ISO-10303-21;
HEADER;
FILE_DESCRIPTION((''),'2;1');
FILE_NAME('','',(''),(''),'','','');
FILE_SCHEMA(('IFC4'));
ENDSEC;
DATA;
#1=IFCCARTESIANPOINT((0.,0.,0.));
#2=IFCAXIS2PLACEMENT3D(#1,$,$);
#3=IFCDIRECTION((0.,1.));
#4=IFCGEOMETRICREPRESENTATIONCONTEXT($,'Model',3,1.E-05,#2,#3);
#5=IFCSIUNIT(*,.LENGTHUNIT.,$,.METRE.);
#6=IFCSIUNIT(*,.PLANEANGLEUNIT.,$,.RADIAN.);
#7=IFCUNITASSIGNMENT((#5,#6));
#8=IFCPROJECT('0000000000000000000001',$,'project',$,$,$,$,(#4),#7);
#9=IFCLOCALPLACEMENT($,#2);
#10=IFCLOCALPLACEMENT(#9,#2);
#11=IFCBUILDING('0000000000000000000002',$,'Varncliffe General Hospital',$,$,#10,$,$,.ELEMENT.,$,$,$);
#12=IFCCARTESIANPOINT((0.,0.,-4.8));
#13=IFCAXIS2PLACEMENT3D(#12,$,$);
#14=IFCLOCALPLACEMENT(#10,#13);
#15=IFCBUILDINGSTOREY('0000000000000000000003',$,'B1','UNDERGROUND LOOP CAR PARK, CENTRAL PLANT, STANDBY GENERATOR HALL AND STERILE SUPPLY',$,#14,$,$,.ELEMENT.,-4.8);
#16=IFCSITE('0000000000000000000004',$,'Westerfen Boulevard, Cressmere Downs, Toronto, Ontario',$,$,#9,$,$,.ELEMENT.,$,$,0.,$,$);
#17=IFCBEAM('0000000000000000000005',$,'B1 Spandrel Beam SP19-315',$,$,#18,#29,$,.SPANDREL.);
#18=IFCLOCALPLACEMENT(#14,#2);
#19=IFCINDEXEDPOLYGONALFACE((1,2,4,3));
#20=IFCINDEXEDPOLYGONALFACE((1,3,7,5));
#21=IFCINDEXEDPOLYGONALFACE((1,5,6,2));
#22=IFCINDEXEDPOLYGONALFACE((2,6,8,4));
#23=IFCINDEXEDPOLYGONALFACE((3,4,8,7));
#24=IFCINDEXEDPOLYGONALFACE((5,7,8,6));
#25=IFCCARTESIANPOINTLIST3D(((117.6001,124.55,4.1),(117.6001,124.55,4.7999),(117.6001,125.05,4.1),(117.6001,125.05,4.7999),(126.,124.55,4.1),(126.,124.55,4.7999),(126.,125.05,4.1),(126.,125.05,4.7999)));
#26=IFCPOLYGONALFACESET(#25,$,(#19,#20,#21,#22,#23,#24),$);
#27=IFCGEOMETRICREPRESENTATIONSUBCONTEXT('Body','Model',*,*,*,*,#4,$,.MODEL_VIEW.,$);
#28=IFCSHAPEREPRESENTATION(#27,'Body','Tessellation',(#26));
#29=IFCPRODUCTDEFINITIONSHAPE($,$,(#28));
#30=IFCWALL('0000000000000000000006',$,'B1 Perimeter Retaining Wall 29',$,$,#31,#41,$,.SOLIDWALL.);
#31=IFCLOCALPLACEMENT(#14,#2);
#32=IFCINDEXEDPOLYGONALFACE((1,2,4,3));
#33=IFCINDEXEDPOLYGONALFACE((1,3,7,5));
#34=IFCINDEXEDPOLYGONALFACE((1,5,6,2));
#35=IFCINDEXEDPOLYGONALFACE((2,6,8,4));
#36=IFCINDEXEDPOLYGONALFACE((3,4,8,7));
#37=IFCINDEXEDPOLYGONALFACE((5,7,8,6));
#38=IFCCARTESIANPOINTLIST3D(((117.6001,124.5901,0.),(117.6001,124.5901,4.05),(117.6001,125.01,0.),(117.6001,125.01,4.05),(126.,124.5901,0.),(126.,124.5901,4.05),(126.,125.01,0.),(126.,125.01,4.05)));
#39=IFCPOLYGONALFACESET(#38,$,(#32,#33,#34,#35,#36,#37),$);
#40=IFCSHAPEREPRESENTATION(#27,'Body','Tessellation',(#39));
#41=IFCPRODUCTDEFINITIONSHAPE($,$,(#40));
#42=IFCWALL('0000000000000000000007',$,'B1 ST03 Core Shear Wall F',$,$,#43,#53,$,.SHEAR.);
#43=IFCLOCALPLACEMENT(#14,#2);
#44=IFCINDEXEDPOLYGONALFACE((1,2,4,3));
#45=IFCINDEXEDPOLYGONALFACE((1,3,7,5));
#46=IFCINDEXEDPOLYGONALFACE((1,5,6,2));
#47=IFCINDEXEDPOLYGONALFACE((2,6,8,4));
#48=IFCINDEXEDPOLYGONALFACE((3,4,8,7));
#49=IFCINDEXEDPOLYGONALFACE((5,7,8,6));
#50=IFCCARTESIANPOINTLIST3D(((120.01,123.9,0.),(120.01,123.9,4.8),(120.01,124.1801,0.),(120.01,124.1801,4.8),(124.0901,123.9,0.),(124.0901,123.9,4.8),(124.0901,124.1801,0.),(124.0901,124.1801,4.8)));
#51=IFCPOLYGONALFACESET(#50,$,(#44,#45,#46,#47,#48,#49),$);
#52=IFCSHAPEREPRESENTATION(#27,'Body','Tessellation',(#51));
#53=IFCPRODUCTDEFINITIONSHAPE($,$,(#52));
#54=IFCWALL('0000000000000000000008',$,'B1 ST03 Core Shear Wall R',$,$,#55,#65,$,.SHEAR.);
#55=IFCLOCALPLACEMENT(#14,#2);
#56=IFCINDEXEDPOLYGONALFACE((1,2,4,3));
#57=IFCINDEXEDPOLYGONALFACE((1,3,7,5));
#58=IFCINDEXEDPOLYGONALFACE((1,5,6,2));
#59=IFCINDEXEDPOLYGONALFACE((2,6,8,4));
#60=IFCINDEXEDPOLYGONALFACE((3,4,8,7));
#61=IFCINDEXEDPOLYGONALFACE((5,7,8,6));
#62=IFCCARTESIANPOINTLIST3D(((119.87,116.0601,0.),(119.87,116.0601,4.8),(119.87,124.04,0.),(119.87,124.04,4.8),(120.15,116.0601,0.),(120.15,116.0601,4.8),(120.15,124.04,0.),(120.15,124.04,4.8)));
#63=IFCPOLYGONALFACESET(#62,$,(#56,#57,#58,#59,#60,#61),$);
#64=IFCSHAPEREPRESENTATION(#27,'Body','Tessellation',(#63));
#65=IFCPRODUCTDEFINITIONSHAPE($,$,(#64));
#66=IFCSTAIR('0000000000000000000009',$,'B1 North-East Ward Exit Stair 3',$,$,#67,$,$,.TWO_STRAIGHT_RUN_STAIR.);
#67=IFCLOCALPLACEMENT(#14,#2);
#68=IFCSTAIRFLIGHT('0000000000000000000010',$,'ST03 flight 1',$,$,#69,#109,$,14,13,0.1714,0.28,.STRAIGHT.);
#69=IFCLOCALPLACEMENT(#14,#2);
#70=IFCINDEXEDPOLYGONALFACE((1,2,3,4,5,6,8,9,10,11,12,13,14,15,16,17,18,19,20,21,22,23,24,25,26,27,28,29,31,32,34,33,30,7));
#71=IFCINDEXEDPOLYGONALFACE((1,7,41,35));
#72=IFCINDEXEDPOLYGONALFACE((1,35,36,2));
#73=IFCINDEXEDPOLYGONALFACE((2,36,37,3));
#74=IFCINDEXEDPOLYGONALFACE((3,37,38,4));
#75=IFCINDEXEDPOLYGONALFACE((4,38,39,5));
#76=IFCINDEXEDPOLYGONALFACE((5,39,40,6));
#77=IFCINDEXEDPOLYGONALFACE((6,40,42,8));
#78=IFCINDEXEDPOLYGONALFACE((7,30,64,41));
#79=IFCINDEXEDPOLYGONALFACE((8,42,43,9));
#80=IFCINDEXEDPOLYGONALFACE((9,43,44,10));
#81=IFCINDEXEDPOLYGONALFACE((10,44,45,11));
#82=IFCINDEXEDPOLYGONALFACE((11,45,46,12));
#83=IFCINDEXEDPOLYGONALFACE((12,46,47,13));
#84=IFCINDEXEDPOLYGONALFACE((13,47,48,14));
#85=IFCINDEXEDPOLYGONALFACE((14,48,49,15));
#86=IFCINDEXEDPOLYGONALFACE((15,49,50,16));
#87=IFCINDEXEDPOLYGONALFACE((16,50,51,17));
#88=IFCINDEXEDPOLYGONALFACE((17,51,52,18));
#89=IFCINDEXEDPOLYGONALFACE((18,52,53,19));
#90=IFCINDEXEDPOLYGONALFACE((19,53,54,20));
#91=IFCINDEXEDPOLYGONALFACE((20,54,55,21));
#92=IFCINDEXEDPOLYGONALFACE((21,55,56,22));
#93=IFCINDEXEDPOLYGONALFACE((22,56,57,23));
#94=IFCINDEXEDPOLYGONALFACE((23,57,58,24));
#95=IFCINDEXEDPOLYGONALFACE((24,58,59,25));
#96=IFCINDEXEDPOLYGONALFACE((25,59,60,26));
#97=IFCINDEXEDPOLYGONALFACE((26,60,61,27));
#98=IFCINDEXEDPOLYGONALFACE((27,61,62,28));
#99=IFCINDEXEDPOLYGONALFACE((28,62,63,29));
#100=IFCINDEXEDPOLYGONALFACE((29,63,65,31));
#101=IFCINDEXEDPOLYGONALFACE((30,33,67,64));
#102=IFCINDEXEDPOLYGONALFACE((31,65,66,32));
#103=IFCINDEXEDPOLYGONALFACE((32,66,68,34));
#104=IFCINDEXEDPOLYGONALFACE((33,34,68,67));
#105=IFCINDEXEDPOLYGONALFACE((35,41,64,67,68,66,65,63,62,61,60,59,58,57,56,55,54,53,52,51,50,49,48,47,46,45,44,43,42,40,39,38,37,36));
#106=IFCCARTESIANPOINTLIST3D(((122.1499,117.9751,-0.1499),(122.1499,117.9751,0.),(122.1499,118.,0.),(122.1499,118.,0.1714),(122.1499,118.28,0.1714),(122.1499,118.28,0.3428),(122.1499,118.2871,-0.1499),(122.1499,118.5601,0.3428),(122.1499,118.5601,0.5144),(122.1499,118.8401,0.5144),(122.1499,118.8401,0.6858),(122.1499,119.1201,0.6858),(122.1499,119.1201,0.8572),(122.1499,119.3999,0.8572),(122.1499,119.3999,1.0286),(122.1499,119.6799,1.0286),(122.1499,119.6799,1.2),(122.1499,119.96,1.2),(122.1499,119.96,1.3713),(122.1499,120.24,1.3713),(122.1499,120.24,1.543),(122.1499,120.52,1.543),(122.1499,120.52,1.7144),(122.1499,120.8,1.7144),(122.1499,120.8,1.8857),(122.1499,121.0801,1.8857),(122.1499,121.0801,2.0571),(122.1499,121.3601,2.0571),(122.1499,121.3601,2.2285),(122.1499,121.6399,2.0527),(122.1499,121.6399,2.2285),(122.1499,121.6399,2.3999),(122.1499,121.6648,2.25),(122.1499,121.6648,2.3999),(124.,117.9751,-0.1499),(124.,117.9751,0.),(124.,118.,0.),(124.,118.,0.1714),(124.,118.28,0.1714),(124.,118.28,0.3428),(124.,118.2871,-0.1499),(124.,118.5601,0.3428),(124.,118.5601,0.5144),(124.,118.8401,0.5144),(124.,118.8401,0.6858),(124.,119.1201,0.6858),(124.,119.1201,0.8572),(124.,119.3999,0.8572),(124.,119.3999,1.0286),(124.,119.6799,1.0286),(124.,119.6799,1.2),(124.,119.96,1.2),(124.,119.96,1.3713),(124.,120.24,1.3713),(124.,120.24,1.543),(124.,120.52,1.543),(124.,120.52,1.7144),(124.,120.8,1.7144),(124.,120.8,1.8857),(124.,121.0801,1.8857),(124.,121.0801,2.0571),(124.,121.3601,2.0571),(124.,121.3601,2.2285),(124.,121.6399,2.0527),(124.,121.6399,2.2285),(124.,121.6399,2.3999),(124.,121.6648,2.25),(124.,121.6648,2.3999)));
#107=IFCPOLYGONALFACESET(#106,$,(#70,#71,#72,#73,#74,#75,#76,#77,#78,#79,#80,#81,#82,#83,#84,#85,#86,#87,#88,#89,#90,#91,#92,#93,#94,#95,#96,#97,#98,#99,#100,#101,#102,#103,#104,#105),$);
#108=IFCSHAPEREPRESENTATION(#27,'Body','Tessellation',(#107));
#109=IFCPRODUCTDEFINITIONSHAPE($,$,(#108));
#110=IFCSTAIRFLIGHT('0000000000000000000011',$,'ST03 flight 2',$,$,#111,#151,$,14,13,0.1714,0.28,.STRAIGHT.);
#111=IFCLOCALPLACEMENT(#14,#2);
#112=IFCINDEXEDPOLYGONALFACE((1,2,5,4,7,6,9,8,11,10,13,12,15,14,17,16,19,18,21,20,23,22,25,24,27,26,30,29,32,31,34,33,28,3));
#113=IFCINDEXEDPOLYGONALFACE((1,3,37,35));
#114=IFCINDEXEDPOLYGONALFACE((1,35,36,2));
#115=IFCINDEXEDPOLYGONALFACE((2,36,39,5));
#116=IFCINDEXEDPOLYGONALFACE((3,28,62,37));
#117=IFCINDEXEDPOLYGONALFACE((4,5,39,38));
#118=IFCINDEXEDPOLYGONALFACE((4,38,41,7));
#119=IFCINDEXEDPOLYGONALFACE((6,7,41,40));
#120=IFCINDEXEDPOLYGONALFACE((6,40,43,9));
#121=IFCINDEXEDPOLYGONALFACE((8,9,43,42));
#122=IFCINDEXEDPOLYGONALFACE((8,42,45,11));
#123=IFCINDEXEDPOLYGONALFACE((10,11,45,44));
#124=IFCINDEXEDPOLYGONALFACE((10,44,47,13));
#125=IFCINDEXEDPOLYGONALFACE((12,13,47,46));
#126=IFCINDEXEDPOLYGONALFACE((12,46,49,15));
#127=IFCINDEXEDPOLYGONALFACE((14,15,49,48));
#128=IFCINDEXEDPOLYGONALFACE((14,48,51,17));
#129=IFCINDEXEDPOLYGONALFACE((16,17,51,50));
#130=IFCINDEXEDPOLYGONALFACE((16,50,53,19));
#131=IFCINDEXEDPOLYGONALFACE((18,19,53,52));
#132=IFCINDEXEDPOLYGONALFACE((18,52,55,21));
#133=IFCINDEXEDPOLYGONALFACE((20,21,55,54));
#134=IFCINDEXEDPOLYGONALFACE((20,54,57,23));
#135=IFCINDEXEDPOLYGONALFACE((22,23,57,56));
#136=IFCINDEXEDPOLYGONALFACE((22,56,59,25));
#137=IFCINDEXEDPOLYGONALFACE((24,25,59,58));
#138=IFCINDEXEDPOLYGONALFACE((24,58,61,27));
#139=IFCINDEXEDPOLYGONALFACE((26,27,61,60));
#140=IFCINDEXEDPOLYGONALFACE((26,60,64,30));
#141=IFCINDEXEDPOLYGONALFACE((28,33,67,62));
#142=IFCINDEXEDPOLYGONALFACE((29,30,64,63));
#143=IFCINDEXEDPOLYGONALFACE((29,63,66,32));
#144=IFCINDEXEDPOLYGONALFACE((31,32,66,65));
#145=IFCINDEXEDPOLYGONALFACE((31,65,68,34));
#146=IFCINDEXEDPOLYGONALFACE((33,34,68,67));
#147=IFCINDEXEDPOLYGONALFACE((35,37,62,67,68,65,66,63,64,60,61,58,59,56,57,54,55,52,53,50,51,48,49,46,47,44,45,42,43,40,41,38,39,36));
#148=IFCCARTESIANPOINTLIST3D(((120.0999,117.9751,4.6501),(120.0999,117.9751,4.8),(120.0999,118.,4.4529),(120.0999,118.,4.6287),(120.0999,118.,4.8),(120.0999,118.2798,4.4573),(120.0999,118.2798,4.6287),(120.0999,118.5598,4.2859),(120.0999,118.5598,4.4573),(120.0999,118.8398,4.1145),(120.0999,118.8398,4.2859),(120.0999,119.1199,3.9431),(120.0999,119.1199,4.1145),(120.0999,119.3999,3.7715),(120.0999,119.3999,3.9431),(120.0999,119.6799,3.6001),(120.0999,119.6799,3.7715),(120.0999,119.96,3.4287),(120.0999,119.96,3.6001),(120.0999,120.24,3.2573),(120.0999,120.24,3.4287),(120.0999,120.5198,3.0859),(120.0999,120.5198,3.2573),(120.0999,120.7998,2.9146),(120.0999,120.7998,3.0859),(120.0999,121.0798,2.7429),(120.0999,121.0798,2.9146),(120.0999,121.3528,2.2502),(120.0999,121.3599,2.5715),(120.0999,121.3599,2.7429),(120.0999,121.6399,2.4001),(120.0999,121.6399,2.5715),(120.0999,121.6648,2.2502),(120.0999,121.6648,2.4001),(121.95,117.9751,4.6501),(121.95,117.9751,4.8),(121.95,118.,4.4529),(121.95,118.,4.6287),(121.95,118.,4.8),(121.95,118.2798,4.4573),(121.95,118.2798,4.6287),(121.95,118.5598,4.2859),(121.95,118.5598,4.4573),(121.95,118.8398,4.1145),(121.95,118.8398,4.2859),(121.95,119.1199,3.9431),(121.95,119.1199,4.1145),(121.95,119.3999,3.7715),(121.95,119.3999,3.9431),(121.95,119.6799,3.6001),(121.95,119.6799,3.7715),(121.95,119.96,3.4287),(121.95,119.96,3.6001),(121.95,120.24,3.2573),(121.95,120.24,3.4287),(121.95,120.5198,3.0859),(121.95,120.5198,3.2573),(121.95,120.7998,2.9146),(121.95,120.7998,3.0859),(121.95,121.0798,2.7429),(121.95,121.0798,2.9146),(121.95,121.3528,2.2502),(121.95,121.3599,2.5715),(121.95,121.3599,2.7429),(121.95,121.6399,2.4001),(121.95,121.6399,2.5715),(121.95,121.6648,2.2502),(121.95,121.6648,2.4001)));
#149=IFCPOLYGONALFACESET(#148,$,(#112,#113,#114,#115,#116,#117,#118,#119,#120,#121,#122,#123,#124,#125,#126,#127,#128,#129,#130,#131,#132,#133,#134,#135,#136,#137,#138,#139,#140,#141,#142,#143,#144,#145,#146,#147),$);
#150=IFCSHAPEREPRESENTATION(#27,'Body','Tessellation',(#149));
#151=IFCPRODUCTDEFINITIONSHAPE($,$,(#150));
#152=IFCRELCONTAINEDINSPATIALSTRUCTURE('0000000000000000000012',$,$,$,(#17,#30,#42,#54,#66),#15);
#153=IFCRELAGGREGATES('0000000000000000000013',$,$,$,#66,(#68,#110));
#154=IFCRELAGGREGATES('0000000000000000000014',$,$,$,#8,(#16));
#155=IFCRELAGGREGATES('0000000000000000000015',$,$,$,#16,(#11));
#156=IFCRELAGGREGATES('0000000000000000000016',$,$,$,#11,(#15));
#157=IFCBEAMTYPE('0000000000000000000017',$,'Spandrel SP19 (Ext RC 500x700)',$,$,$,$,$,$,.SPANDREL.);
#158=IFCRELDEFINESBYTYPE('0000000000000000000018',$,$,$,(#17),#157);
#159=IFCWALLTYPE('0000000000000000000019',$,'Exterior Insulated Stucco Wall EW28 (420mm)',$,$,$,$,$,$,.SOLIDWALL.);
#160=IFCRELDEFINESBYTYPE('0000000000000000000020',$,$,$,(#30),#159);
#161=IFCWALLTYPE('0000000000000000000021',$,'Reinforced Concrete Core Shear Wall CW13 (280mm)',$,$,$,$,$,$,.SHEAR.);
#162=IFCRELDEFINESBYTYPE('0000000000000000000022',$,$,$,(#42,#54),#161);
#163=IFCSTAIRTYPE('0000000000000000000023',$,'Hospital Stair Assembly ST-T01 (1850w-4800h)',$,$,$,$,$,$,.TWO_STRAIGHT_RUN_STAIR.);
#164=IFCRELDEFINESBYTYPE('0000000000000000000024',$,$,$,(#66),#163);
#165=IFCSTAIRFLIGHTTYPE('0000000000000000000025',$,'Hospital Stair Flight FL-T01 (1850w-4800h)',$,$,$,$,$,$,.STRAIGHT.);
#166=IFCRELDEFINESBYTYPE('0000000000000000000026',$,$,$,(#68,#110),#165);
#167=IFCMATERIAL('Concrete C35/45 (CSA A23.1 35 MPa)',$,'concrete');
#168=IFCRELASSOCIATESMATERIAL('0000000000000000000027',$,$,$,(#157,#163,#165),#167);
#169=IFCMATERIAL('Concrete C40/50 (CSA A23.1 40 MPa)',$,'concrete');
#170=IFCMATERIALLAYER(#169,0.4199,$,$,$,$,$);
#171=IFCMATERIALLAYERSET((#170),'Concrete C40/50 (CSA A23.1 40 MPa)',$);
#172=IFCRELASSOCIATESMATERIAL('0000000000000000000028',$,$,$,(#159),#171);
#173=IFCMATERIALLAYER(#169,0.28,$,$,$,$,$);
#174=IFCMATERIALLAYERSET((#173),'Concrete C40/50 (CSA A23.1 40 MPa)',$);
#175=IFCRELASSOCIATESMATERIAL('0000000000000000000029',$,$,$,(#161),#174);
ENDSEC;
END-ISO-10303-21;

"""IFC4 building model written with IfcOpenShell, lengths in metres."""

from ifc_helpers import new_model, si_unit, direction, frame, frame_2d, origin, origin_2d, place, context, subcontext, project, spatial, polyline, rectangle, outline, extrude, material, layer, layer_set, material_profile, profile_set, type_object, element, aggregate, save


model = new_model("IFC4")

# Units and contexts
model_context = context("Model", 3, precision=1e-05, world=origin(), true_north=direction((0.0, 1.0)))
body_context = subcontext(model_context, "Body", "Model", "MODEL_VIEW")
ifc_project = project(units=[si_unit("LENGTHUNIT", "METRE"), si_unit("PLANEANGLEUNIT", "RADIAN")], contexts=[model_context])

# Site, building, storey
site_placement = place(None, origin())
site = spatial("IfcSite", under=ifc_project, at=site_placement, Name="Westerfen Boulevard, Cressmere Downs, Toronto, Ontario", CompositionType="ELEMENT", RefElevation=0.0)
building_placement = place(site_placement, origin())
building = spatial("IfcBuilding", under=site, at=building_placement, Name="Varncliffe General Hospital", CompositionType="ELEMENT")
storey_placement = place(building_placement, frame((0.0, 0.0, -4.8)))
storey = spatial("IfcBuildingStorey", under=building, at=storey_placement, Name="B1", Description="UNDERGROUND LOOP CAR PARK, CENTRAL PLANT, STANDBY GENERATOR HALL AND STERILE SUPPLY", CompositionType="ELEMENT", Elevation=-4.8)

# Shared definitions
ifc_material_1 = material(Name="Concrete C40/50 (CSA A23.1 40 MPa)", Category="concrete")

# Beam
ifc_material_2 = material(Name="Concrete C35/45 (CSA A23.1 35 MPa)", Category="concrete")
ifc_material_profile_1 = material_profile(ifc_material_2, rectangle(XDim=0.5, YDim=0.7, at=origin_2d()), Name="RC 500x700")
ifc_profile_set_1 = profile_set([ifc_material_profile_1], Name="Concrete C35/45 (CSA A23.1 35 MPa)")
beam_type_1 = type_object("IfcBeamType", Name="Spandrel SP19 (Ext RC 500x700)", PredefinedType="SPANDREL", material=ifc_profile_set_1)
beam_1_placement = place(storey_placement, frame((117.6001, 124.8, 4.45), z_axis=(1.0, 0.0, 0.0), x_axis=(0.0, 1.0, 0.0)))
element("IfcBeam", 1, at=beam_1_placement, inside=storey, type_object=beam_type_1, Name="B1 Spandrel Beam SP19-315", PredefinedType="SPANDREL", context=body_context, shape_type="SweptSolid", body=[
    extrude(rectangle(XDim=0.5, YDim=0.7, at=origin_2d()), origin(), (0.0, 0.0, 1.0), 8.3999),
])

# Walls
ifc_layer_1 = layer(ifc_material_1, 0.4199)
ifc_layer_set_1 = layer_set([ifc_layer_1], Name="Concrete C40/50 (CSA A23.1 40 MPa)")
wall_type_1 = type_object("IfcWallType", Name="Exterior Insulated Stucco Wall EW28 (420mm)", PredefinedType="SOLIDWALL", material=ifc_layer_set_1)
wall_1_placement = place(storey_placement, frame((117.6001, 124.8, 0.0), z_axis=(0.0, 0.0, 1.0), x_axis=(1.0, 0.0, 0.0)))
element("IfcWall", 2, at=wall_1_placement, inside=storey, type_object=wall_type_1, Name="B1 Perimeter Retaining Wall 29", PredefinedType="SOLIDWALL", context=body_context, shape_type="SweptSolid", body=[
    extrude(rectangle(XDim=8.3999, YDim=0.4199, at=frame_2d((4.2, 0.0))), origin(), (0.0, 0.0, 1.0), 4.05),
])
ifc_layer_2 = layer(ifc_material_1, 0.28)
ifc_layer_set_2 = layer_set([ifc_layer_2], Name="Concrete C40/50 (CSA A23.1 40 MPa)")
wall_type_2 = type_object("IfcWallType", Name="Reinforced Concrete Core Shear Wall CW13 (280mm)", PredefinedType="SHEAR", material=ifc_layer_set_2)
wall_2_placement = place(storey_placement, frame((124.0901, 124.04, 0.0), z_axis=(0.0, 0.0, 1.0), x_axis=(-1.0, 0.0, 0.0)))
element("IfcWall", 3, at=wall_2_placement, inside=storey, type_object=wall_type_2, Name="B1 ST03 Core Shear Wall F", PredefinedType="SHEAR", context=body_context, shape_type="SweptSolid", body=[
    extrude(rectangle(XDim=4.0801, YDim=0.28, at=frame_2d((2.04, 0.0))), origin(), (0.0, 0.0, 1.0), 4.8),
])
wall_3_placement = place(storey_placement, frame((120.01, 124.04, 0.0), z_axis=(0.0, 0.0, 1.0), x_axis=(0.0, -1.0, 0.0)))
element("IfcWall", 4, at=wall_3_placement, inside=storey, type_object=wall_type_2, Name="B1 ST03 Core Shear Wall R", PredefinedType="SHEAR", context=body_context, shape_type="SweptSolid", body=[
    extrude(rectangle(XDim=7.98, YDim=0.28, at=frame_2d((3.99, 0.0))), origin(), (0.0, 0.0, 1.0), 4.8),
])

# Stair, stair flights
stair_type = type_object("IfcStairType", Name="Hospital Stair Assembly ST-T01 (1850w-4800h)", PredefinedType="TWO_STRAIGHT_RUN_STAIR", material=ifc_material_2)
stair_placement = place(storey_placement, origin())
stair = element("IfcStair", 5, at=stair_placement, inside=storey, type_object=stair_type, Name="B1 North-East Ward Exit Stair 3", PredefinedType="TWO_STRAIGHT_RUN_STAIR")
stair_flight_type = type_object("IfcStairFlightType", Name="Hospital Stair Flight FL-T01 (1850w-4800h)", PredefinedType="STRAIGHT", material=ifc_material_2)
stair_flight_1_placement = place(storey_placement, frame((123.075, 118.0, 0.0), z_axis=(0.0, 0.0, 1.0), x_axis=(0.0, 1.0, 0.0)))
stair_flight_1 = element("IfcStairFlight", 6, at=stair_flight_1_placement, type_object=stair_flight_type, Name="ST03 flight 1", NumberOfRisers=14, NumberOfTreads=13, PredefinedType="STRAIGHT", RiserHeight=0.1714, TreadLength=0.28, context=body_context, shape_type="SweptSolid", body=[
    extrude(outline(polyline([(-0.0249, -0.1499), (-0.0249, 0.0), (0.0, 0.0), (0.0, 0.1714), (0.28, 0.1714), (0.28, 0.3428), (0.5601, 0.3428), (0.5601, 0.5144), (0.8401, 0.5144), (0.8401, 0.6858), (1.1201, 0.6858), (1.1201, 0.8572), (1.3999, 0.8572), (1.3999, 1.0286), (1.6799, 1.0286), (1.6799, 1.2), (1.96, 1.2), (1.96, 1.3713), (2.24, 1.3713), (2.24, 1.543), (2.52, 1.543), (2.52, 1.7144), (2.8, 1.7144), (2.8, 1.8857), (3.0801, 1.8857), (3.0801, 2.0571), (3.3601, 2.0571), (3.3601, 2.2285), (3.6399, 2.2285), (3.6399, 2.3999), (3.6648, 2.3999), (3.6648, 2.25), (3.6399, 2.0527), (0.2871, -0.1499), (-0.0249, -0.1499)])), frame((0.0, 0.925, 0.0), z_axis=(0.0, -1.0, 0.0), x_axis=(1.0, 0.0, 0.0)), (0.0, 0.0, 1.0), 1.8501),
])
stair_flight_2_placement = place(storey_placement, frame((121.0249, 121.6399, 2.4001), z_axis=(0.0, 0.0, 1.0), x_axis=(0.0, -1.0, 0.0)))
stair_flight_2 = element("IfcStairFlight", 7, at=stair_flight_2_placement, type_object=stair_flight_type, Name="ST03 flight 2", NumberOfRisers=14, NumberOfTreads=13, PredefinedType="STRAIGHT", RiserHeight=0.1714, TreadLength=0.28, context=body_context, shape_type="SweptSolid", body=[
    extrude(outline(polyline([(-0.0249, -0.1499), (-0.0249, 0.0), (0.0, 0.0), (0.0, 0.1714), (0.28, 0.1714), (0.28, 0.3428), (0.5601, 0.3428), (0.5601, 0.5144), (0.8401, 0.5144), (0.8401, 0.6858), (1.1201, 0.6858), (1.1201, 0.8572), (1.3999, 0.8572), (1.3999, 1.0286), (1.6799, 1.0286), (1.6799, 1.2), (1.96, 1.2), (1.96, 1.3713), (2.24, 1.3713), (2.24, 1.543), (2.52, 1.543), (2.52, 1.7144), (2.8, 1.7144), (2.8, 1.8857), (3.0801, 1.8857), (3.0801, 2.0571), (3.3601, 2.0571), (3.3601, 2.2285), (3.6399, 2.2285), (3.6399, 2.3999), (3.6648, 2.3999), (3.6648, 2.25), (3.6399, 2.0527), (0.2871, -0.1499), (-0.0249, -0.1499)])), frame((0.0, 0.925, 0.0), z_axis=(0.0, -1.0, 0.0), x_axis=(1.0, 0.0, 0.0)), (0.0, 0.0, 1.0), 1.8501),
])
aggregate(stair, [stair_flight_1, stair_flight_2])

save(model, "model.ifc")
